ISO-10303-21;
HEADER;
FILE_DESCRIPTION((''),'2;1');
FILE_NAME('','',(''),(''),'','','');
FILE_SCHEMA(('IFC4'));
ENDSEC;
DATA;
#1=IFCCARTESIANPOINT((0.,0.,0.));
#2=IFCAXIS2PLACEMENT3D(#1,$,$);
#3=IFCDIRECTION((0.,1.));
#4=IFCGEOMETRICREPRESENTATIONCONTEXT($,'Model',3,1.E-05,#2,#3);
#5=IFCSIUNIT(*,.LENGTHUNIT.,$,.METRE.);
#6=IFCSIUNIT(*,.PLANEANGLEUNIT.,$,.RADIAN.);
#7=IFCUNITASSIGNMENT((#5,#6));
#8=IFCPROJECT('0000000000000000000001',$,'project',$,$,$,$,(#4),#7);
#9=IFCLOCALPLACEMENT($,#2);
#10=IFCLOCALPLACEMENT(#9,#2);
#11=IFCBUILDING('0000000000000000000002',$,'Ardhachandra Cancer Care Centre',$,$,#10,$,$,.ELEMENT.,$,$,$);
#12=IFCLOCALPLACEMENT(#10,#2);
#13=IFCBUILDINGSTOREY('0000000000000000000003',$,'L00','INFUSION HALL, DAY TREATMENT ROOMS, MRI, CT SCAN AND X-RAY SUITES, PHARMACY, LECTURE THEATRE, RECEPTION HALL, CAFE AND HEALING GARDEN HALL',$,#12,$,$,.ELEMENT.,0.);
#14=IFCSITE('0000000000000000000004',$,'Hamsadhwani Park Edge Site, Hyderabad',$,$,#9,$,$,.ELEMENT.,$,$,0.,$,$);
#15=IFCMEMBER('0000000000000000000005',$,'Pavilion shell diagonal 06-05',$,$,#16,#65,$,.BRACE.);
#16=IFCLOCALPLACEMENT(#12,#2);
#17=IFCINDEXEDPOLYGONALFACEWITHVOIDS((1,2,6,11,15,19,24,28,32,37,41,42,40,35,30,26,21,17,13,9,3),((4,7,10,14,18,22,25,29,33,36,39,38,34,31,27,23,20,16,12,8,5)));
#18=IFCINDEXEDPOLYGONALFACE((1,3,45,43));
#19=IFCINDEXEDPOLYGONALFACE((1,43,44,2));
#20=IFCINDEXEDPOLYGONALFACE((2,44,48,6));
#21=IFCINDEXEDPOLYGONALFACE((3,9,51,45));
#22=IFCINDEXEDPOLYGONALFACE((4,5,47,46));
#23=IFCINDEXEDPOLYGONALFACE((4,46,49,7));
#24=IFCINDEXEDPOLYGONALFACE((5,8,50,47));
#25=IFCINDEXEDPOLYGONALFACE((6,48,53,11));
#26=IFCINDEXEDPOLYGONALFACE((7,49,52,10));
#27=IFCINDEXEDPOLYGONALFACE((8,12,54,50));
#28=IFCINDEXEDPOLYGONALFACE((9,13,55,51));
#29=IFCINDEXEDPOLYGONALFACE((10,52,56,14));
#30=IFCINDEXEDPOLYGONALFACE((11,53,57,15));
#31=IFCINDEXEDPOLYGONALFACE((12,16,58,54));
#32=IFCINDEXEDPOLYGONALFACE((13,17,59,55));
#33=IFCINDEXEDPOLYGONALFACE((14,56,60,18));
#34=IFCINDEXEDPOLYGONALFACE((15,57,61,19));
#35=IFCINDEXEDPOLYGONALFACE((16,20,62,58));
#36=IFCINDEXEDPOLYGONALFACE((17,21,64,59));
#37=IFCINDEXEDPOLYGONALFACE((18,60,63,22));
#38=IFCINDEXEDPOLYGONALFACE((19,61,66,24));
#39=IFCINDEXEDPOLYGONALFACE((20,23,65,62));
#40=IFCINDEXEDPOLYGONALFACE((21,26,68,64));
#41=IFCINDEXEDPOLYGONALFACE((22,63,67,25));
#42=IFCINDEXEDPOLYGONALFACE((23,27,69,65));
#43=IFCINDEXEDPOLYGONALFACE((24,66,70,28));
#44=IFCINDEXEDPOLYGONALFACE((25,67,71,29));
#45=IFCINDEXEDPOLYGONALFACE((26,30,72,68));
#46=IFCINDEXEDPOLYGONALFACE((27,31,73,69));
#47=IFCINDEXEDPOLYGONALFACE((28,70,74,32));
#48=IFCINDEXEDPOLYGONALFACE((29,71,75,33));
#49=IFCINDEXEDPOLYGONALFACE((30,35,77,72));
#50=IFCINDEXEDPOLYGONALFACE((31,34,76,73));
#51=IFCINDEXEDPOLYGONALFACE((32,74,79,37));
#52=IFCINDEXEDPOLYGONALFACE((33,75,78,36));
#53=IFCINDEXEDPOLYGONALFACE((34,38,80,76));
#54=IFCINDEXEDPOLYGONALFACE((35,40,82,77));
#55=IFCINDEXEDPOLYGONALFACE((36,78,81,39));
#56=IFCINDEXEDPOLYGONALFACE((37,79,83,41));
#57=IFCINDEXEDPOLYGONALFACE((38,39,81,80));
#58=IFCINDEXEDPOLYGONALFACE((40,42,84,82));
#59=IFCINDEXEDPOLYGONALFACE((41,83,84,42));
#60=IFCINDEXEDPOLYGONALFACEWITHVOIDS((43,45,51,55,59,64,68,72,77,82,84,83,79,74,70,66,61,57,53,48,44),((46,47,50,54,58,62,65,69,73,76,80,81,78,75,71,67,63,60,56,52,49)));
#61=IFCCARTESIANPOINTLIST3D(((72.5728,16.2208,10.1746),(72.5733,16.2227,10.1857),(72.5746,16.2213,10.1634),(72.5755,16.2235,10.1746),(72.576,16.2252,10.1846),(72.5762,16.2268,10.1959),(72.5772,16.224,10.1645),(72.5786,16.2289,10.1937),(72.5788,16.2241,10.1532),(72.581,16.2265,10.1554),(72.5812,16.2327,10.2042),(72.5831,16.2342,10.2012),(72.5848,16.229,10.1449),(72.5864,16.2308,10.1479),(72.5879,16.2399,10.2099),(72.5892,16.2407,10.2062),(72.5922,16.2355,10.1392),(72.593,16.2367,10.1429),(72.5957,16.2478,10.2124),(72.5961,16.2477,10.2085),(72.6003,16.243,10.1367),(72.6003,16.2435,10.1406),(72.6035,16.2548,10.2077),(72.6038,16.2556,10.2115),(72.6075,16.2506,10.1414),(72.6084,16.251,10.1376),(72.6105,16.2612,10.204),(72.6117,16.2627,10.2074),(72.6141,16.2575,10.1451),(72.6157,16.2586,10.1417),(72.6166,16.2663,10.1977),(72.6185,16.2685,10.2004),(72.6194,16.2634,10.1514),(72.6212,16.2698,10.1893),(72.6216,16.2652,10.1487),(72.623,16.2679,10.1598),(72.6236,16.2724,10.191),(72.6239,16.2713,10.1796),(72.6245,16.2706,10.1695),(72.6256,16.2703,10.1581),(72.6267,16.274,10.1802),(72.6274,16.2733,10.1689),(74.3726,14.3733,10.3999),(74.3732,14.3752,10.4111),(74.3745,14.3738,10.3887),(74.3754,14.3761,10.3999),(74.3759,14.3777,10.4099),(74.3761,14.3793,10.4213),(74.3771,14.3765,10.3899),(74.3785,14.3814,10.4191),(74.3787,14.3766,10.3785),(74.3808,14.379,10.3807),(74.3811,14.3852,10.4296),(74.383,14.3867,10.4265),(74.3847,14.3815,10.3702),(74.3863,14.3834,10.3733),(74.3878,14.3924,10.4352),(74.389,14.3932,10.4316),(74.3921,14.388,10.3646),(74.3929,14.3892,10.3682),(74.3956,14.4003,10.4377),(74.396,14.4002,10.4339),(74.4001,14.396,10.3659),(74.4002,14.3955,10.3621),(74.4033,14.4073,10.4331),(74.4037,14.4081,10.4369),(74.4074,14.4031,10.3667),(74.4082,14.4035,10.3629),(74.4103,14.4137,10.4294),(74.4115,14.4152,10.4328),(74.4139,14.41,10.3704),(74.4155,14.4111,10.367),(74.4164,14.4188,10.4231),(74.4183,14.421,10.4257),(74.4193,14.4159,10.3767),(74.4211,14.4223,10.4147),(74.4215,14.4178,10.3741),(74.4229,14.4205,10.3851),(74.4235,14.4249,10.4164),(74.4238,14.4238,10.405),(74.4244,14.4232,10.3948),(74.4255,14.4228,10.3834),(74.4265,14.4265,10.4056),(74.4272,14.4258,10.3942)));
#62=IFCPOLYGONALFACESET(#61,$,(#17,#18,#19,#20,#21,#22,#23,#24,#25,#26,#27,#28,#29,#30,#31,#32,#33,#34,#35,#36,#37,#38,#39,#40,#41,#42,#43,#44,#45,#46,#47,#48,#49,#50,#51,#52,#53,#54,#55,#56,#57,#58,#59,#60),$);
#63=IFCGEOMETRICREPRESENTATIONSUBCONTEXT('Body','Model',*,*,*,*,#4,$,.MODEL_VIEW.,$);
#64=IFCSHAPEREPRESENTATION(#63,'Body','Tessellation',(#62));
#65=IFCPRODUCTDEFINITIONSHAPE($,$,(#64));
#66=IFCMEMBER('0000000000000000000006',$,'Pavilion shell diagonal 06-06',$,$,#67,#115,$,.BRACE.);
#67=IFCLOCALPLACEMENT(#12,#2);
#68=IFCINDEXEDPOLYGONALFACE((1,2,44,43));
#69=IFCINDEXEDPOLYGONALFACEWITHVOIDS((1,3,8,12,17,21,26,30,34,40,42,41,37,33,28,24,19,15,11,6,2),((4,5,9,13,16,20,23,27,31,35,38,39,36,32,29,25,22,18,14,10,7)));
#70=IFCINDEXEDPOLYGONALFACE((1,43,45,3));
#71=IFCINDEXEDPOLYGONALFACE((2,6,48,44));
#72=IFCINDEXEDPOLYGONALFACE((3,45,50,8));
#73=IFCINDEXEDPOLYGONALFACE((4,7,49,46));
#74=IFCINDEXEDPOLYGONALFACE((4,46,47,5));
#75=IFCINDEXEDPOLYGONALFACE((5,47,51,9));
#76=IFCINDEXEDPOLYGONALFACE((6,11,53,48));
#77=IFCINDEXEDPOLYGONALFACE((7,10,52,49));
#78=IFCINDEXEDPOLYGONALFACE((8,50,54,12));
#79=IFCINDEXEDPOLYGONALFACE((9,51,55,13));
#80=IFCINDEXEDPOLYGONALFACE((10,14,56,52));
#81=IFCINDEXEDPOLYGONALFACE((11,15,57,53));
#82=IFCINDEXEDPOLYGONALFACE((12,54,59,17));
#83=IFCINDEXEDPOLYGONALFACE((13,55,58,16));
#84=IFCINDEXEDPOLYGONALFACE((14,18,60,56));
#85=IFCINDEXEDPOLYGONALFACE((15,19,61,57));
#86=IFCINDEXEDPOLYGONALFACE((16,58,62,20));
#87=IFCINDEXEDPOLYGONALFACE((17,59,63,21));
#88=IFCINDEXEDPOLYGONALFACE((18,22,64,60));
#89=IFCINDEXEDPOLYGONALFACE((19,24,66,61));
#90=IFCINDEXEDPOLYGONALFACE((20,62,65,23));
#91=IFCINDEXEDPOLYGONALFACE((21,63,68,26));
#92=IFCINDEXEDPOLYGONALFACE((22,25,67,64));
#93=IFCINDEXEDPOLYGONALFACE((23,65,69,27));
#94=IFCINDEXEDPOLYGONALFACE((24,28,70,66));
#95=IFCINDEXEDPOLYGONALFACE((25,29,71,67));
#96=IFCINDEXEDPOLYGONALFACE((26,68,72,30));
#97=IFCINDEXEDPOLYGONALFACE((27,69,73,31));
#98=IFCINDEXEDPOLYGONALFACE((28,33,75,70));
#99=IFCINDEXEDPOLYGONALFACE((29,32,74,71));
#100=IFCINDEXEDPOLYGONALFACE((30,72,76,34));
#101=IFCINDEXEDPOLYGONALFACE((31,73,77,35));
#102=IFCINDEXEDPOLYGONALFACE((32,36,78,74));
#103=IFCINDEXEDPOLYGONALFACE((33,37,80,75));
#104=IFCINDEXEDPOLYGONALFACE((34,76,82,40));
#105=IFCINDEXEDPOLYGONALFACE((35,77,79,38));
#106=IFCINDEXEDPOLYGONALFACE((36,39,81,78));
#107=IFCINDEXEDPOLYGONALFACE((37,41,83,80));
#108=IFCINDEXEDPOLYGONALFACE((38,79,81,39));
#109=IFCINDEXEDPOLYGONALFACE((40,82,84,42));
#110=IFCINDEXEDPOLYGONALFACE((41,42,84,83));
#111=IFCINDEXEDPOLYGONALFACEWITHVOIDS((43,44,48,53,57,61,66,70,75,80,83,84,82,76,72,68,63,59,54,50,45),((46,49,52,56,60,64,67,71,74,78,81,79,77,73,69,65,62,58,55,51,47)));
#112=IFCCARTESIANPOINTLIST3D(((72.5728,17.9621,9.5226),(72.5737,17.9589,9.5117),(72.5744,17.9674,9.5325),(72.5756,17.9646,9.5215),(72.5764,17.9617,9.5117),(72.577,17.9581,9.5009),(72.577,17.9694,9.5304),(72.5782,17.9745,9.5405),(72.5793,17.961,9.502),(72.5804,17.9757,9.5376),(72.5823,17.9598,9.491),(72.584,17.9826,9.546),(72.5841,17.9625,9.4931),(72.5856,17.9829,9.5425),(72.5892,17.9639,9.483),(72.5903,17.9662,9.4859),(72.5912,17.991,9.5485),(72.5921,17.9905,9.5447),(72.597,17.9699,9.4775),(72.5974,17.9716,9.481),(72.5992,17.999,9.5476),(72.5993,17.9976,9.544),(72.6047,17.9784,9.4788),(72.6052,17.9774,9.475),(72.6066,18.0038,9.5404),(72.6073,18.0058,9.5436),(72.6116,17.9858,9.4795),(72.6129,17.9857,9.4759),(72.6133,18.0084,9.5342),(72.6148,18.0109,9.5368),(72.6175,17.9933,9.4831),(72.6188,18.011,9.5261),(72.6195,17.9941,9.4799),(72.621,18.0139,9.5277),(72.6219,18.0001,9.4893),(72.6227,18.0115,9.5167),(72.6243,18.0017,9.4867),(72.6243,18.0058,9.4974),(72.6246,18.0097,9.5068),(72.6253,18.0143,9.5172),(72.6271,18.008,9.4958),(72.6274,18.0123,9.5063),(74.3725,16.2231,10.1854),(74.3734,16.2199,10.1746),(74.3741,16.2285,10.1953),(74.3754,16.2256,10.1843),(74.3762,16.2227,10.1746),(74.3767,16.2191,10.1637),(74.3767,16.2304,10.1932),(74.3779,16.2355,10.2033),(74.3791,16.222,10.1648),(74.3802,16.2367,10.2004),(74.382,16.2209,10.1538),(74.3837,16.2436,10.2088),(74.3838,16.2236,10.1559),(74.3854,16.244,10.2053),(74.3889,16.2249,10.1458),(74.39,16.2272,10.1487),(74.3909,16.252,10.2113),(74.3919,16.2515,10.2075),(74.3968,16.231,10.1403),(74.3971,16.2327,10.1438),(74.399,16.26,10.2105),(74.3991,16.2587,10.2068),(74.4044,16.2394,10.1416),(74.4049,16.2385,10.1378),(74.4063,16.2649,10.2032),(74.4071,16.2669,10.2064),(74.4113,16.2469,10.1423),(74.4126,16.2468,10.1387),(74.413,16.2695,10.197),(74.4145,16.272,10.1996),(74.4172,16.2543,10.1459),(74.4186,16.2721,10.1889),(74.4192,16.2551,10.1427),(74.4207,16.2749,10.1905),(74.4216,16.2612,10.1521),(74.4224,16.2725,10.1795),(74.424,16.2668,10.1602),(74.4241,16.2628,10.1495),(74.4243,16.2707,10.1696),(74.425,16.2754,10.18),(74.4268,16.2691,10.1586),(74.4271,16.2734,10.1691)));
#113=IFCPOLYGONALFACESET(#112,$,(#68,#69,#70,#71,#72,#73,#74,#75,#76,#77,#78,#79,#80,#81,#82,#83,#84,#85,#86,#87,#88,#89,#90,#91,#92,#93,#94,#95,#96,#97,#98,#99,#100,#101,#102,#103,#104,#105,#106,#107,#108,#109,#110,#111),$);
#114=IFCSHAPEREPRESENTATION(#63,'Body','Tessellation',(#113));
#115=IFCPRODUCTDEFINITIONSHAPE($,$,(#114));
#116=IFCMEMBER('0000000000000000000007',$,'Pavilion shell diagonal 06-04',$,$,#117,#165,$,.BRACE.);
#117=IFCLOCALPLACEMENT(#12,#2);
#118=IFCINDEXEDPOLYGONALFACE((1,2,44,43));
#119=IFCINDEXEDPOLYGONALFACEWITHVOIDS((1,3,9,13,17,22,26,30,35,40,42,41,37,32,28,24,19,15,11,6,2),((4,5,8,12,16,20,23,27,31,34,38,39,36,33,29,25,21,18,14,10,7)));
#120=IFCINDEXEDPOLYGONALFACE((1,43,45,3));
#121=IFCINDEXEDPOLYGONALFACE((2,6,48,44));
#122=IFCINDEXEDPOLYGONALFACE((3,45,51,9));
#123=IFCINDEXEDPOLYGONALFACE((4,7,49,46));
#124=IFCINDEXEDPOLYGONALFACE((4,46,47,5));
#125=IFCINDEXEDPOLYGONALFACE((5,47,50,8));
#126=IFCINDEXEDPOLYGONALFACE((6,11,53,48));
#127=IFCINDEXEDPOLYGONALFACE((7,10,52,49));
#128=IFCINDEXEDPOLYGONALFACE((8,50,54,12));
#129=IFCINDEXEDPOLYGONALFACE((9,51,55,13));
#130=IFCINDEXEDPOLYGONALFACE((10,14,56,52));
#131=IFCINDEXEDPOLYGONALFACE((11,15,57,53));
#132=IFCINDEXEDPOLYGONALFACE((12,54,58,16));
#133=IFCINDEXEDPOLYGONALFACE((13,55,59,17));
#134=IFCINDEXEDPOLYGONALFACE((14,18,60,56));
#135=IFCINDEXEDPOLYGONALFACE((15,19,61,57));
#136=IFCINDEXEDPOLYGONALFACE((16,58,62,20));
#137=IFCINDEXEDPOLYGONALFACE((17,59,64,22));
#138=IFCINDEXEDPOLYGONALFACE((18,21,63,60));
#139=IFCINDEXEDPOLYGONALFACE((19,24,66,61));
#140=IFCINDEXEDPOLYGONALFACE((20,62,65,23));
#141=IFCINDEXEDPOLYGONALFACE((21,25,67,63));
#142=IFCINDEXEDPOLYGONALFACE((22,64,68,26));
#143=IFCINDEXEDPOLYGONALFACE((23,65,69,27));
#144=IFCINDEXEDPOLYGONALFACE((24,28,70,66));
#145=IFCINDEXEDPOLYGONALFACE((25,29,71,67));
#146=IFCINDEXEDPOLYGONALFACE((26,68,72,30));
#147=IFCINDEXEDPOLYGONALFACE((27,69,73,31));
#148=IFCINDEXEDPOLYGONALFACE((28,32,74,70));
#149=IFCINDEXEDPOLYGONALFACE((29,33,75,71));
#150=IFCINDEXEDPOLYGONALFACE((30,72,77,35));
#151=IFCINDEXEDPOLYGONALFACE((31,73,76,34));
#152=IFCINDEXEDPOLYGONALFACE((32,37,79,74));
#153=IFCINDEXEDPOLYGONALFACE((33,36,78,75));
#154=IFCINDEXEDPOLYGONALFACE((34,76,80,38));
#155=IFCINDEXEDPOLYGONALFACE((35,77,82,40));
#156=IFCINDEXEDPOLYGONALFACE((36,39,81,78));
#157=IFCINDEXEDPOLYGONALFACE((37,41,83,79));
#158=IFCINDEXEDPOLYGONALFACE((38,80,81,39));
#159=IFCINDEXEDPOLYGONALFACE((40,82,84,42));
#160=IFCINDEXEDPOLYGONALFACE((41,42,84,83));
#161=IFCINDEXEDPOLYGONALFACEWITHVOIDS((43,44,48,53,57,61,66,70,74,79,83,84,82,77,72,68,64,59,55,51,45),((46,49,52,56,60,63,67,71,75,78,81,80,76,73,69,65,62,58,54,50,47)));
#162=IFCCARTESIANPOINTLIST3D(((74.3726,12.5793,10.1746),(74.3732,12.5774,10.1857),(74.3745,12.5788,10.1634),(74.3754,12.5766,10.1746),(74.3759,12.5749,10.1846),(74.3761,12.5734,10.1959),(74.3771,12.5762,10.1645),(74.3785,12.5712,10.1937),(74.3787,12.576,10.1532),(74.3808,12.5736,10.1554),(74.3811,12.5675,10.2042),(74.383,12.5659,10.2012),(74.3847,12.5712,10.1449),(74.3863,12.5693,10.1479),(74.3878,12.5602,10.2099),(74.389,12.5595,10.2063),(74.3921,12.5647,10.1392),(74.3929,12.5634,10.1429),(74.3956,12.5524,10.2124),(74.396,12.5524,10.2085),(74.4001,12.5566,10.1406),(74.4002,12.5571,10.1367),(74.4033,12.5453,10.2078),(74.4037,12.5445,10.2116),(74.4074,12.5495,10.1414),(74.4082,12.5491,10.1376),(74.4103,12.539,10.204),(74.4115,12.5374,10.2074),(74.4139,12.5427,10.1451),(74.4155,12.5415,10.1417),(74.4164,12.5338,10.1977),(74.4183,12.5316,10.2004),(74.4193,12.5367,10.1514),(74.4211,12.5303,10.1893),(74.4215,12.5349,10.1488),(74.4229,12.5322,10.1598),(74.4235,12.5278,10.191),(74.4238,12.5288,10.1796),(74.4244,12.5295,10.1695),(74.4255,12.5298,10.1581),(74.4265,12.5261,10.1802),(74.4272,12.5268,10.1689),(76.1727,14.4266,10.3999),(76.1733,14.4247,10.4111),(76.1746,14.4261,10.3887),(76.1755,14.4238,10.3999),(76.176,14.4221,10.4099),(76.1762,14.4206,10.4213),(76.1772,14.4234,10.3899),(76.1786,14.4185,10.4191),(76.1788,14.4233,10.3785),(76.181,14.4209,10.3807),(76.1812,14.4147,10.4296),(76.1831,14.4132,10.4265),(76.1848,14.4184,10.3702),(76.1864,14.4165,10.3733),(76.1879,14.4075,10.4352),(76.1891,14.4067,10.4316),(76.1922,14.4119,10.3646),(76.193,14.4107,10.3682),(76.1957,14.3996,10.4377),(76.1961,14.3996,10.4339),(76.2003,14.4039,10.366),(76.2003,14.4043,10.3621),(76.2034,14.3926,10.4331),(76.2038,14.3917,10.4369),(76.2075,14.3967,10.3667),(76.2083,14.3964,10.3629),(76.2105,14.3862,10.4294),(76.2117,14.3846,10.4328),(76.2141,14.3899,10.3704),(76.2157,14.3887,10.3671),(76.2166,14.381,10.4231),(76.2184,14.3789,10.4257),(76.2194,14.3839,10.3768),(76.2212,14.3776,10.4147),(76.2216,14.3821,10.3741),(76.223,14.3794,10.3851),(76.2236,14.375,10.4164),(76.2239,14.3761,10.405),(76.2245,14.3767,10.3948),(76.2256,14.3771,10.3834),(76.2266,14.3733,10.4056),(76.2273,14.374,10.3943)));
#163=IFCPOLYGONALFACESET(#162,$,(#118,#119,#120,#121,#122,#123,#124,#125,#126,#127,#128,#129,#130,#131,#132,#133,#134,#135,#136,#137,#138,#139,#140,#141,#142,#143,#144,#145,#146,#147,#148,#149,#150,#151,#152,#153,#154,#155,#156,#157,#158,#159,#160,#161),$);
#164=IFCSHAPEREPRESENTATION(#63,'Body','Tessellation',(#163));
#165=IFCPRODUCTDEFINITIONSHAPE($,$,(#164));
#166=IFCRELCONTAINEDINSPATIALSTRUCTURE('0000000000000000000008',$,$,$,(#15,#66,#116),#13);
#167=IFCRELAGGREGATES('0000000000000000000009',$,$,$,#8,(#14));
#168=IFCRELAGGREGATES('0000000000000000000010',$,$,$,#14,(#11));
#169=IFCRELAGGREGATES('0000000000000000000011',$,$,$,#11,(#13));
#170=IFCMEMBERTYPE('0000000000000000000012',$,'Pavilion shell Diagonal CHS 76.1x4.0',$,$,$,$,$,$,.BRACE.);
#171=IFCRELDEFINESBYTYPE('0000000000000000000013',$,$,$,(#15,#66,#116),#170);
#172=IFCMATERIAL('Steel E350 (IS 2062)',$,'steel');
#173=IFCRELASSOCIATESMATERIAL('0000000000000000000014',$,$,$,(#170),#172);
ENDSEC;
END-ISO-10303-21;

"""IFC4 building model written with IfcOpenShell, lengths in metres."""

from ifc_helpers import new_model, si_unit, direction, frame, origin, origin_2d, place, context, subcontext, project, spatial, hollow_circle, extrude, material, material_profile, profile_set, type_object, element, save


model = new_model("IFC4")

# Units and contexts
model_context = context("Model", 3, precision=1e-05, world=origin(), true_north=direction((0.0, 1.0)))
body_context = subcontext(model_context, "Body", "Model", "MODEL_VIEW")
ifc_project = project(units=[si_unit("LENGTHUNIT", "METRE"), si_unit("PLANEANGLEUNIT", "RADIAN")], contexts=[model_context])

# Site, building, storey
site_placement = place(None, origin())
site = spatial("IfcSite", under=ifc_project, at=site_placement, Name="Hamsadhwani Park Edge Site, Hyderabad", CompositionType="ELEMENT", RefElevation=0.0)
building_placement = place(site_placement, origin())
building = spatial("IfcBuilding", under=site, at=building_placement, Name="Ardhachandra Cancer Care Centre", CompositionType="ELEMENT")
storey_placement = place(building_placement, origin())
storey = spatial("IfcBuildingStorey", under=building, at=storey_placement, Name="L00", Description="INFUSION HALL, DAY TREATMENT ROOMS, MRI, CT SCAN AND X-RAY SUITES, PHARMACY, LECTURE THEATRE, RECEPTION HALL, CAFE AND HEALING GARDEN HALL", CompositionType="ELEMENT", Elevation=0.0)

# Members
ifc_material_1 = material(Name="Steel E350 (IS 2062)", Category="steel")
ifc_material_profile_1 = material_profile(ifc_material_1, hollow_circle(Radius=0.0381, WallThickness=0.0039, at=origin_2d()), Name="CHS 76.1x4.0")
ifc_profile_set_1 = profile_set([ifc_material_profile_1], Name="Steel E350 (IS 2062)")
member_type_1 = type_object("IfcMemberType", Name="Pavilion shell Diagonal CHS 76.1x4.0", PredefinedType="BRACE", material=ifc_profile_set_1)
member_1_placement = place(storey_placement, frame((74.3999, 14.3999, 10.3999), z_axis=(-0.695169, 0.713557, -0.087038), x_axis=(-0.716276, -0.697817, 0.0)))
element("IfcMember", 1, at=member_1_placement, inside=storey, type_object=member_type_1, Name="Pavilion shell diagonal 06-05", PredefinedType="BRACE", context=body_context, shape_type="SweptSolid", body=[
    extrude(hollow_circle(Radius=0.0381, WallThickness=0.0039, at=origin_2d()), origin(), (0.0, 0.0, 1.0), 2.5891),
])
member_2_placement = place(storey_placement, frame((74.3999, 16.2473, 10.1746), z_axis=(-0.695179, 0.671698, -0.256024), x_axis=(-0.694857, -0.719148, 0.0)))
element("IfcMember", 2, at=member_2_placement, inside=storey, type_object=member_type_1, Name="Pavilion shell diagonal 06-06", PredefinedType="BRACE", context=body_context, shape_type="SweptSolid", body=[
    extrude(hollow_circle(Radius=0.0381, WallThickness=0.0039, at=origin_2d()), origin(), (0.0, 0.0, 1.0), 2.5889),
])
for number, where, z_axis, x_axis, name in (
    (3, (74.3999, 12.5527, 10.1746), (0.695265, 0.713464, 0.087038), (-0.716182, 0.697913, 0.0), "Pavilion shell diagonal 06-04"),
):
    element("IfcMember", number, at=place(storey_placement, frame(where, z_axis=z_axis, x_axis=x_axis)), inside=storey, type_object=member_type_1, Name=name, PredefinedType="BRACE", context=body_context, shape_type="SweptSolid", body=[
        extrude(hollow_circle(Radius=0.0381, WallThickness=0.0039, at=origin_2d()), origin(), (0.0, 0.0, 1.0), 2.5891),
    ])

save(model, "model.ifc")
